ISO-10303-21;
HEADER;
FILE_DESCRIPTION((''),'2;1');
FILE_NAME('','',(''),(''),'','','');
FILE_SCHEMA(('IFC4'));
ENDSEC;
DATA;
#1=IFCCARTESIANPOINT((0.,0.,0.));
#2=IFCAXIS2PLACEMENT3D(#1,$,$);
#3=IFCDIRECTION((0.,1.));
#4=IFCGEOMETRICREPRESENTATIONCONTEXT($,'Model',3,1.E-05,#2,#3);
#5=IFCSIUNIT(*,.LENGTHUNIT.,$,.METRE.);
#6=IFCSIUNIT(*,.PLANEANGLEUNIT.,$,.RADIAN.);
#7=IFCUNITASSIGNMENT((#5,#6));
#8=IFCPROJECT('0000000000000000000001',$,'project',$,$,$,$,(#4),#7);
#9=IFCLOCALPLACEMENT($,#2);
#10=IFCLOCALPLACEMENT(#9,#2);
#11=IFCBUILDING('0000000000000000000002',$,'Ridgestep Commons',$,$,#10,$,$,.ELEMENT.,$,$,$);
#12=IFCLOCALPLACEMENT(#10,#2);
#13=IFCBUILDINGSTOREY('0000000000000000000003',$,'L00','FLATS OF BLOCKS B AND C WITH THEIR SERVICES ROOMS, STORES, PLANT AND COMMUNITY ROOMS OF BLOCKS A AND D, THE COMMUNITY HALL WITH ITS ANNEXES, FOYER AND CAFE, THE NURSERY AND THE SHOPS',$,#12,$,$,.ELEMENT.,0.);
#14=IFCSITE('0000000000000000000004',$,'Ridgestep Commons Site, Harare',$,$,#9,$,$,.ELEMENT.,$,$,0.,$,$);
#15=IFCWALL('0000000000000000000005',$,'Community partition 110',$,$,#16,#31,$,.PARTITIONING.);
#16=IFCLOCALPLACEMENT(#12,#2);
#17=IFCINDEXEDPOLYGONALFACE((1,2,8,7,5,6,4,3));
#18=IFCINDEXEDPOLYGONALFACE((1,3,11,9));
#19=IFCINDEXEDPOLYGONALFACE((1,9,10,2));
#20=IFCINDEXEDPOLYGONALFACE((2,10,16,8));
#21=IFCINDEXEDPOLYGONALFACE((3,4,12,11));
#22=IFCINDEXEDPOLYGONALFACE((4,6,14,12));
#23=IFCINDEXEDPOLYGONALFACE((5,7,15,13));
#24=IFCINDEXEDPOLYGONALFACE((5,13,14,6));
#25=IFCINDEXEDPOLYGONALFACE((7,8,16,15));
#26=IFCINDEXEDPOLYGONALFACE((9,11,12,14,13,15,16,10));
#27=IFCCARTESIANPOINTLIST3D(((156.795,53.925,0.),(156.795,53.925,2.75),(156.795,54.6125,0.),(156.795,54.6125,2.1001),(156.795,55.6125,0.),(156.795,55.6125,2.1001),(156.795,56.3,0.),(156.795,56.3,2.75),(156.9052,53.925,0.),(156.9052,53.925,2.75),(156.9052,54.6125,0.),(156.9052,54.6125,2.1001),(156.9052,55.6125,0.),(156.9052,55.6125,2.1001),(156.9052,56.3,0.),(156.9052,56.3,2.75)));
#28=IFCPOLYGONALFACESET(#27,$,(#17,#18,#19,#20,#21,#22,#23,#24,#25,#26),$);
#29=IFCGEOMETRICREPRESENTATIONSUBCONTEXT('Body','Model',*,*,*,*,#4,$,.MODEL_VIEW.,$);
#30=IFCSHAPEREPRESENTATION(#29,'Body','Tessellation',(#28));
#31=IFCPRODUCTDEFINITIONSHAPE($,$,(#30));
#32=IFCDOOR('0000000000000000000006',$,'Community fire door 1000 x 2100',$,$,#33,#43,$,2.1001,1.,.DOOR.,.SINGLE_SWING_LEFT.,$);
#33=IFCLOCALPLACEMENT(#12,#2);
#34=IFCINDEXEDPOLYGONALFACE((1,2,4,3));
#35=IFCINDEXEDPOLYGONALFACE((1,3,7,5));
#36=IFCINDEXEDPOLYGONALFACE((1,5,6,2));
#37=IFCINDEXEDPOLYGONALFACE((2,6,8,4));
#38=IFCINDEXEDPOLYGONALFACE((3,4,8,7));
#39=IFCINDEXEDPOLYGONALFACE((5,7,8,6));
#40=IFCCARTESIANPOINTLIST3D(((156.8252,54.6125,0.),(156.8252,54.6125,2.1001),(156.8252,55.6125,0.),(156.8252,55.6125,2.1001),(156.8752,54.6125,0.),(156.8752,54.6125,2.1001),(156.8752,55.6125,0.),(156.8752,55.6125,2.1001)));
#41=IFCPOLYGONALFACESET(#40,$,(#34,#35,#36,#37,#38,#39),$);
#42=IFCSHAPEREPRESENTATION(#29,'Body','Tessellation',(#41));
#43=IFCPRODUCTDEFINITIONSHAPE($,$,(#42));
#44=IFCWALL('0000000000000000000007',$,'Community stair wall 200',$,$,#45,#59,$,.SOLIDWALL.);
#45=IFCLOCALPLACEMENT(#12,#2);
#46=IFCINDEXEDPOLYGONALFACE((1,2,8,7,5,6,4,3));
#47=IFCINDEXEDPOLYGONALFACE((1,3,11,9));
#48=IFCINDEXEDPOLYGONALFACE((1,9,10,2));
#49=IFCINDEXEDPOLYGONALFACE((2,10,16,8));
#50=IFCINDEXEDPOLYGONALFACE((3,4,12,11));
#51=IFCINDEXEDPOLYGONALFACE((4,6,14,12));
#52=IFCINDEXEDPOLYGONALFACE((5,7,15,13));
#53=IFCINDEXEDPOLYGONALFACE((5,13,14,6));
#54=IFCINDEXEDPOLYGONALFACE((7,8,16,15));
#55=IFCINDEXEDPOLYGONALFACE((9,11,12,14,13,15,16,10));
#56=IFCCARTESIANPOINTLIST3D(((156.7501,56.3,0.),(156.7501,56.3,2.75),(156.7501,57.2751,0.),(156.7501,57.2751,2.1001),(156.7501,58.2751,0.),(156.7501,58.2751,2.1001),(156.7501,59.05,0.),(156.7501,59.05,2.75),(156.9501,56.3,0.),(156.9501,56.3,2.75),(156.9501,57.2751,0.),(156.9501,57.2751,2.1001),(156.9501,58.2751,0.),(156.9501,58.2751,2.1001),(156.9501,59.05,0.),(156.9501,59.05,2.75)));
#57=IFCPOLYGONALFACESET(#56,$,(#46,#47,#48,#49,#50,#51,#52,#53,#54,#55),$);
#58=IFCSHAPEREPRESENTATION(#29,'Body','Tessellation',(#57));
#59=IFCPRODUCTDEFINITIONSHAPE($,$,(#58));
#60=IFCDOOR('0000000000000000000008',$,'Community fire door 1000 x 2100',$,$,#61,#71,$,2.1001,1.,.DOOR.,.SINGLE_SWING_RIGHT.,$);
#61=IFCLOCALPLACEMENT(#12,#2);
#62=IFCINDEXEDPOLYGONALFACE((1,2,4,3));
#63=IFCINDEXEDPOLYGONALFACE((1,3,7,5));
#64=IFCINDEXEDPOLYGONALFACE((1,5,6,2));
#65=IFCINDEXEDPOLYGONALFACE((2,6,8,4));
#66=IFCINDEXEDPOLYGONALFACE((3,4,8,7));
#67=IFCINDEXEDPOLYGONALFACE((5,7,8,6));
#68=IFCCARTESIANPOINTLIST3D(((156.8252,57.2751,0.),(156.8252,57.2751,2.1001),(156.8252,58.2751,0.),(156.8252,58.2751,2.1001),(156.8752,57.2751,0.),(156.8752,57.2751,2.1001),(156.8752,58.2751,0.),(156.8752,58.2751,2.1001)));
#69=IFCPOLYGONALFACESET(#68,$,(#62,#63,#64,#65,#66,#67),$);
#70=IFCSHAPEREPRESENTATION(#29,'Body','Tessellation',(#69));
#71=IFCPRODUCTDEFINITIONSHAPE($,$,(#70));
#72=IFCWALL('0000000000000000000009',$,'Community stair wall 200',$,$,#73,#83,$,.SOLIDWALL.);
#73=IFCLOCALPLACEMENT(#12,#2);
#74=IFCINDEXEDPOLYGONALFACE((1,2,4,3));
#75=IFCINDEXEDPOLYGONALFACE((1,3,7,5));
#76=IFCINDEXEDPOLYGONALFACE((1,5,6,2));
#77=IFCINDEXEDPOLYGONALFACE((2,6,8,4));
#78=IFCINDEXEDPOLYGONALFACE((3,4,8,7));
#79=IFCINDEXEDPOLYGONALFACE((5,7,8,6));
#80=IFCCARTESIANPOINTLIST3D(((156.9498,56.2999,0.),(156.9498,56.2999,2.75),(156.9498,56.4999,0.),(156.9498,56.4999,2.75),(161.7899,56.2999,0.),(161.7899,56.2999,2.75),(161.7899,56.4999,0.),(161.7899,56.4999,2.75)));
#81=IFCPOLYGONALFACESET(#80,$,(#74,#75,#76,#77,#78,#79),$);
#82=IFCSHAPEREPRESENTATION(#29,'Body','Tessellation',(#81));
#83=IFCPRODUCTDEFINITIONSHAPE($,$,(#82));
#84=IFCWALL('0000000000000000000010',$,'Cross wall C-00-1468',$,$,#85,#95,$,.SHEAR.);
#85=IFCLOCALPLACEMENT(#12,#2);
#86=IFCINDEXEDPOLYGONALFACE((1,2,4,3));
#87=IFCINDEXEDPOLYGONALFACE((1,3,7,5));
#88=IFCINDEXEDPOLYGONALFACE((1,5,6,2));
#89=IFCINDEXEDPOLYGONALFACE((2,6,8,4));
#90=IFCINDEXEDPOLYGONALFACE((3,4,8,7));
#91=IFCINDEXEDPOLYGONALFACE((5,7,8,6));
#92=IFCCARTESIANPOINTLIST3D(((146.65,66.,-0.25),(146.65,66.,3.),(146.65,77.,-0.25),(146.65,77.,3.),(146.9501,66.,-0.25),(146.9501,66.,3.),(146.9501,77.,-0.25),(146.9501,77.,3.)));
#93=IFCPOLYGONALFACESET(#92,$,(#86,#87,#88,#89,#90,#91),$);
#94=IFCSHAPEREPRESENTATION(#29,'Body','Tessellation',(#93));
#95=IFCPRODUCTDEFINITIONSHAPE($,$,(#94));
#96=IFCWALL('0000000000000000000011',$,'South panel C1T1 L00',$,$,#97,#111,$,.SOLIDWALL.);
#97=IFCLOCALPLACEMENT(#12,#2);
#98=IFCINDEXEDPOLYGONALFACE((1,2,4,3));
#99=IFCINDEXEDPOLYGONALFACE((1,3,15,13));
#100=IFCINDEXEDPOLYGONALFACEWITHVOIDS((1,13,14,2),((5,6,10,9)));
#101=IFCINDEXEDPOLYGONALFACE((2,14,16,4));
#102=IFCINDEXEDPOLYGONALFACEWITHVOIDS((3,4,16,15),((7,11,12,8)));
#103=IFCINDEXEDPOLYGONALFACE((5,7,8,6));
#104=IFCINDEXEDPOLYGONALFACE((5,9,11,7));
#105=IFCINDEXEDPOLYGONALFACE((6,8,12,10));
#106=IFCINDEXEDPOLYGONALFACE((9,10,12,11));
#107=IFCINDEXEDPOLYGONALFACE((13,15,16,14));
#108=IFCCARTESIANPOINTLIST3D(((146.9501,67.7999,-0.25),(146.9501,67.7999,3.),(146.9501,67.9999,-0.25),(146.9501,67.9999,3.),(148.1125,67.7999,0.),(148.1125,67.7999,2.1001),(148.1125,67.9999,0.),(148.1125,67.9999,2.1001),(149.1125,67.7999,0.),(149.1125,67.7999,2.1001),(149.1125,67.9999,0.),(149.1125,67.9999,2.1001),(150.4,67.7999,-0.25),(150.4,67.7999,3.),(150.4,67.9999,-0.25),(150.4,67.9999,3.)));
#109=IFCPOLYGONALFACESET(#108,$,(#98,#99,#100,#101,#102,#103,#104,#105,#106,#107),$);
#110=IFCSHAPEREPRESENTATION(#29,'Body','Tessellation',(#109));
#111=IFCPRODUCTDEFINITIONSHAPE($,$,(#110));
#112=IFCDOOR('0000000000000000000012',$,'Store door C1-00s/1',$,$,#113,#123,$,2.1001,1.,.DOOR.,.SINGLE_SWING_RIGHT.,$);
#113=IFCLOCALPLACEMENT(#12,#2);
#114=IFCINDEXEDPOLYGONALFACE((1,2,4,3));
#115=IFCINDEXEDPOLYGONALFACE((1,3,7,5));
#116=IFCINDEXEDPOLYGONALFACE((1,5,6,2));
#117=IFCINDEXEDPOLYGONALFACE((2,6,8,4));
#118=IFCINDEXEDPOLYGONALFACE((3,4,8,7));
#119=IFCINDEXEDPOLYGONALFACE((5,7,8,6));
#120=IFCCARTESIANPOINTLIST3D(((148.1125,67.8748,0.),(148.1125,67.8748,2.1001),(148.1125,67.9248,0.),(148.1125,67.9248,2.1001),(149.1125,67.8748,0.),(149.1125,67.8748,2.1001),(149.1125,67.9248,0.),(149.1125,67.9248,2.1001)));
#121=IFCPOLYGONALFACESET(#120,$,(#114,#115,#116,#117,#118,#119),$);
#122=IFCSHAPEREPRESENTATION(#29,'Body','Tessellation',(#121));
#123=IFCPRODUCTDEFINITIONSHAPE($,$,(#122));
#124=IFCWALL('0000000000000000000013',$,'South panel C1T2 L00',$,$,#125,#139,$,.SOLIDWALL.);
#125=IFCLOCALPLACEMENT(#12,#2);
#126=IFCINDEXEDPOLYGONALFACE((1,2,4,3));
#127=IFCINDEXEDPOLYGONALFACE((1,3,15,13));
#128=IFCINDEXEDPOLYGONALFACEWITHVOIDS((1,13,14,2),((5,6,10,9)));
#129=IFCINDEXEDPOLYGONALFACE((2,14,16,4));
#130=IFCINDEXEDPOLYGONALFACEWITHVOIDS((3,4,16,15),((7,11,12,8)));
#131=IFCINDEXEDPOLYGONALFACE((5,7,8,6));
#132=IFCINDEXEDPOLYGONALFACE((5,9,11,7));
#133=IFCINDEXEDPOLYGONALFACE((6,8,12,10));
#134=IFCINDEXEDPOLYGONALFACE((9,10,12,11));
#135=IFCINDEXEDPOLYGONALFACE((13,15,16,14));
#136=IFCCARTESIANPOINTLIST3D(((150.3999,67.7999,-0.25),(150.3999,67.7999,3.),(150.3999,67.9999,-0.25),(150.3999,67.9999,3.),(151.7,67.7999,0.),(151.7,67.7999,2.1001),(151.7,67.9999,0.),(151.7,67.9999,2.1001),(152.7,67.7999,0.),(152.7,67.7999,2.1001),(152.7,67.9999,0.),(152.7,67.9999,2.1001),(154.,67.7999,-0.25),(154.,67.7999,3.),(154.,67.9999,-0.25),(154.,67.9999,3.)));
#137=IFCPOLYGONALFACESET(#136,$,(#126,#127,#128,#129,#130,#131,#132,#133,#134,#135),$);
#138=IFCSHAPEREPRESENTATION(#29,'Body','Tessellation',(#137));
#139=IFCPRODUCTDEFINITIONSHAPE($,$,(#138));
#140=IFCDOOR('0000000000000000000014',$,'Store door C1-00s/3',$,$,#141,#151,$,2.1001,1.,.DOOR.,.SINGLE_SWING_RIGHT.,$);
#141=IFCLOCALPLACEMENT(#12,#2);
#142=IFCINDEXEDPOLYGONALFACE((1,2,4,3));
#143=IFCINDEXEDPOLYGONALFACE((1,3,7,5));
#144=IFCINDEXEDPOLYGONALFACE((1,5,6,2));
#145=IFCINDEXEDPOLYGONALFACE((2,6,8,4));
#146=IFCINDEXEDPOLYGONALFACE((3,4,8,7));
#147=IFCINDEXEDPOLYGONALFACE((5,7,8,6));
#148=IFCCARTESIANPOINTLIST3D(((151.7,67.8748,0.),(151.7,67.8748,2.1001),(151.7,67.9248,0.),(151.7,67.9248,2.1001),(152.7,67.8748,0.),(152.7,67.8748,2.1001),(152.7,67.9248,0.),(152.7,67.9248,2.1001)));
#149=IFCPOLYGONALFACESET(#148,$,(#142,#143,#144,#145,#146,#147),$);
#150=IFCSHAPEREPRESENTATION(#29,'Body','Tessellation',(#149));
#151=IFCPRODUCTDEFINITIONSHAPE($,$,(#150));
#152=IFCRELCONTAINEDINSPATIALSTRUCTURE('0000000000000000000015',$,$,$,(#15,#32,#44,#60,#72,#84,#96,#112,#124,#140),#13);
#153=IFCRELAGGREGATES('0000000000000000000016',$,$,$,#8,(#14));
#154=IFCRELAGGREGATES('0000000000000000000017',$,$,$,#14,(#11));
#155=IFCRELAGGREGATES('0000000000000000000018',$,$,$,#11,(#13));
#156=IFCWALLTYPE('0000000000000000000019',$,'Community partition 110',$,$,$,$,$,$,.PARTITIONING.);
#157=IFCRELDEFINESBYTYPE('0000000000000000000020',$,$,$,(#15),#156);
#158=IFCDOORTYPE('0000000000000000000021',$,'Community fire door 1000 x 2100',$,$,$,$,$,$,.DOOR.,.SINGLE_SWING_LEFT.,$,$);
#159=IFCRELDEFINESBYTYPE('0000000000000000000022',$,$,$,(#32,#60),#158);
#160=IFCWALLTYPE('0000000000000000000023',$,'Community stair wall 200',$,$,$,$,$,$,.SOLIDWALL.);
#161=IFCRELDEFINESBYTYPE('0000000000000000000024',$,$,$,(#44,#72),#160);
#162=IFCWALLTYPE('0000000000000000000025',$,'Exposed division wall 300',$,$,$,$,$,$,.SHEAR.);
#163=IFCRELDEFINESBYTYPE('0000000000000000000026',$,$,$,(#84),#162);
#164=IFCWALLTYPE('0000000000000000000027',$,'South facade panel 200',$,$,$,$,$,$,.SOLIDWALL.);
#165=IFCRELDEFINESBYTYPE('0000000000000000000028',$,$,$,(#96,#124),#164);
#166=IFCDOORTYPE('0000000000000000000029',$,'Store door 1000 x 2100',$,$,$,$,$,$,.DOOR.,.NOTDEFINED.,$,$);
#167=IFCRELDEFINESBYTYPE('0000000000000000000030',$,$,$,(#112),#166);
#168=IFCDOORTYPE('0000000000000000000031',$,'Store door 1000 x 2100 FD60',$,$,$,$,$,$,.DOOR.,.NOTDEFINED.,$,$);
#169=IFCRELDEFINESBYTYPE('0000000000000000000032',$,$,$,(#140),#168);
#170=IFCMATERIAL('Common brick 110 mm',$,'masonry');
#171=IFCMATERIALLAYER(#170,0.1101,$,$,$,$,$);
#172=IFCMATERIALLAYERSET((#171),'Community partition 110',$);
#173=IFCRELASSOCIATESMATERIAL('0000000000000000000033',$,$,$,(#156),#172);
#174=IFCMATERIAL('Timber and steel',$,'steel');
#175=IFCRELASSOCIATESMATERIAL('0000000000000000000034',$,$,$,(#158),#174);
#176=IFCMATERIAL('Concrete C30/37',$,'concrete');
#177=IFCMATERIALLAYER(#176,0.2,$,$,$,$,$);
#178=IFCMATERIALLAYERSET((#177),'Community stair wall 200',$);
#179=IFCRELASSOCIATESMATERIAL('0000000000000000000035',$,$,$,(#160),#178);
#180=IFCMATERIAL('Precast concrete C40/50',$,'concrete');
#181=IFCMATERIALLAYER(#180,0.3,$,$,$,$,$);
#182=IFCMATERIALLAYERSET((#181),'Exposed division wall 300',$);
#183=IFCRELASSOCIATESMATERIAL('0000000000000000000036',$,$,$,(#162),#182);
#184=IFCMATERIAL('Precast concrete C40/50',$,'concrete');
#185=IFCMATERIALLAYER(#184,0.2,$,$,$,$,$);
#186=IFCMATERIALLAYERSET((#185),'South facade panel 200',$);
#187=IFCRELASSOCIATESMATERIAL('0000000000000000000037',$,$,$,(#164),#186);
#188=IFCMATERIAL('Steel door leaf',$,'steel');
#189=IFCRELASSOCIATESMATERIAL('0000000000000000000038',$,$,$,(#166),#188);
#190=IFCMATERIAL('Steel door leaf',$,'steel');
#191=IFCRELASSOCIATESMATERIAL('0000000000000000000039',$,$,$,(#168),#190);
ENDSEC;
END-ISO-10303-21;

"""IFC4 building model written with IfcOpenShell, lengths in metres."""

from ifc_helpers import new_model, si_unit, direction, frame, frame_2d, origin, place, context, subcontext, project, spatial, rectangle, extrude, material, layer, layer_set, type_object, element, fill, save


model = new_model("IFC4")

# Units and contexts
model_context = context("Model", 3, precision=1e-05, world=origin(), true_north=direction((0.0, 1.0)))
body_context = subcontext(model_context, "Body", "Model", "MODEL_VIEW")
ifc_project = project(units=[si_unit("LENGTHUNIT", "METRE"), si_unit("PLANEANGLEUNIT", "RADIAN")], contexts=[model_context])

# Site, building, storey
site_placement = place(None, origin())
site = spatial("IfcSite", under=ifc_project, at=site_placement, Name="Ridgestep Commons Site, Harare", CompositionType="ELEMENT", RefElevation=0.0)
building_placement = place(site_placement, origin())
building = spatial("IfcBuilding", under=site, at=building_placement, Name="Ridgestep Commons", CompositionType="ELEMENT")
storey_placement = place(building_placement, origin())
storey = spatial("IfcBuildingStorey", under=building, at=storey_placement, Name="L00", Description="FLATS OF BLOCKS B AND C WITH THEIR SERVICES ROOMS, STORES, PLANT AND COMMUNITY ROOMS OF BLOCKS A AND D, THE COMMUNITY HALL WITH ITS ANNEXES, FOYER AND CAFE, THE NURSERY AND THE SHOPS", CompositionType="ELEMENT", Elevation=0.0)

# Walls, openings, doors
ifc_material_1 = material(Name="Common brick 110 mm", Category="masonry")
ifc_layer_1 = layer(ifc_material_1, 0.1101)
ifc_layer_set_1 = layer_set([ifc_layer_1], Name="Community partition 110")
wall_type_1 = type_object("IfcWallType", Name="Community partition 110", PredefinedType="PARTITIONING", material=ifc_layer_set_1)
ifc_material_2 = material(Name="Timber and steel", Category="steel")
door_type_1 = type_object("IfcDoorType", Name="Community fire door 1000 x 2100", OperationType="SINGLE_SWING_LEFT", PredefinedType="DOOR", material=ifc_material_2)
wall_1_placement = place(storey_placement, frame((156.8501, 53.925, 0.0), z_axis=(0.0, 0.0, 1.0), x_axis=(0.0, 1.0, 0.0)))
wall_1 = element("IfcWall", 1, at=wall_1_placement, inside=storey, type_object=wall_type_1, Name="Community partition 110", PredefinedType="PARTITIONING", context=body_context, shape_type="SweptSolid", body=[
    extrude(rectangle(XDim=2.375, YDim=0.1101, at=frame_2d((1.1875, 0.0))), origin(), (0.0, 0.0, 1.0), 2.75),
])
opening_1_placement = place(wall_1_placement, frame((0.6875, 0.0, 0.0)))
opening_1 = element("IfcOpeningElement", 2, at=opening_1_placement, cuts=wall_1, PredefinedType="OPENING", context=body_context, shape_type="SweptSolid", body=[
    extrude(rectangle(XDim=1.0, YDim=2.1001, at=frame_2d((0.5, 1.05))), frame((0.0, 0.0649, 0.0), z_axis=(0.0, -1.0, 0.0), x_axis=(1.0, 0.0, 0.0)), (0.0, 0.0, 1.0), 0.1301),
])
door_1_placement = place(opening_1_placement, origin())
door_1 = element("IfcDoor", 3, at=door_1_placement, inside=storey, type_object=door_type_1, Name="Community fire door 1000 x 2100", OperationType="SINGLE_SWING_LEFT", OverallHeight=2.1001, OverallWidth=1.0, PredefinedType="DOOR", context=body_context, shape_type="SweptSolid", body=[
    extrude(rectangle(XDim=1.0, YDim=2.1001, at=frame_2d((0.5, 1.05))), frame((0.0, 0.0249, 0.0), z_axis=(0.0, -1.0, 0.0), x_axis=(1.0, 0.0, 0.0)), (0.0, 0.0, 1.0), 0.05),
])
fill(opening_1, door_1)
ifc_material_3 = material(Name="Concrete C30/37", Category="concrete")
ifc_layer_2 = layer(ifc_material_3, 0.2)
ifc_layer_set_2 = layer_set([ifc_layer_2], Name="Community stair wall 200")
wall_type_2 = type_object("IfcWallType", Name="Community stair wall 200", PredefinedType="SOLIDWALL", material=ifc_layer_set_2)
wall_2_placement = place(storey_placement, frame((156.8501, 56.3, 0.0), z_axis=(0.0, 0.0, 1.0), x_axis=(0.0, 1.0, 0.0)))
wall_2 = element("IfcWall", 4, at=wall_2_placement, inside=storey, type_object=wall_type_2, Name="Community stair wall 200", PredefinedType="SOLIDWALL", context=body_context, shape_type="SweptSolid", body=[
    extrude(rectangle(XDim=2.75, YDim=0.2, at=frame_2d((1.375, 0.0))), origin(), (0.0, 0.0, 1.0), 2.75),
])
opening_2_placement = place(wall_2_placement, frame((0.9751, 0.0, 0.0)))
opening_2 = element("IfcOpeningElement", 5, at=opening_2_placement, cuts=wall_2, PredefinedType="OPENING", context=body_context, shape_type="SweptSolid", body=[
    extrude(rectangle(XDim=1.0, YDim=2.1001, at=frame_2d((0.5, 1.05))), frame((0.0, 0.1099, 0.0), z_axis=(0.0, -1.0, 0.0), x_axis=(1.0, 0.0, 0.0)), (0.0, 0.0, 1.0), 0.22),
])
door_2_placement = place(opening_2_placement, origin())
door_2 = element("IfcDoor", 6, at=door_2_placement, inside=storey, type_object=door_type_1, Name="Community fire door 1000 x 2100", OperationType="SINGLE_SWING_RIGHT", OverallHeight=2.1001, OverallWidth=1.0, PredefinedType="DOOR", context=body_context, shape_type="SweptSolid", body=[
    extrude(rectangle(XDim=1.0, YDim=2.1001, at=frame_2d((0.5, 1.05))), frame((0.0, 0.0249, 0.0), z_axis=(0.0, -1.0, 0.0), x_axis=(1.0, 0.0, 0.0)), (0.0, 0.0, 1.0), 0.05),
])
fill(opening_2, door_2)

# Walls
wall_3_placement = place(storey_placement, frame((156.95, 56.3999, 0.0), z_axis=(0.0, 0.0, 1.0), x_axis=(1.0, 0.0, 0.0)))
element("IfcWall", 7, at=wall_3_placement, inside=storey, type_object=wall_type_2, Name="Community stair wall 200", PredefinedType="SOLIDWALL", context=body_context, shape_type="SweptSolid", body=[
    extrude(rectangle(XDim=4.8401, YDim=0.2, at=frame_2d((2.4199, 0.0))), origin(), (0.0, 0.0, 1.0), 2.75),
])
ifc_material_4 = material(Name="Precast concrete C40/50", Category="concrete")
ifc_layer_3 = layer(ifc_material_4, 0.3)
ifc_layer_set_3 = layer_set([ifc_layer_3], Name="Exposed division wall 300")
wall_type_3 = type_object("IfcWallType", Name="Exposed division wall 300", PredefinedType="SHEAR", material=ifc_layer_set_3)
wall_4_placement = place(storey_placement, frame((146.8, 66.0, -0.25), z_axis=(0.0, 0.0, 1.0), x_axis=(0.0, 1.0, 0.0)))
element("IfcWall", 8, at=wall_4_placement, inside=storey, type_object=wall_type_3, Name="Cross wall C-00-1468", PredefinedType="SHEAR", context=body_context, shape_type="SweptSolid", body=[
    extrude(rectangle(XDim=11.0, YDim=0.3, at=frame_2d((5.5, 0.0))), origin(), (0.0, 0.0, 1.0), 3.25),
])

# Walls, openings, doors
ifc_material_5 = material(Name="Precast concrete C40/50", Category="concrete")
ifc_layer_4 = layer(ifc_material_5, 0.2)
ifc_layer_set_4 = layer_set([ifc_layer_4], Name="South facade panel 200")
wall_type_4 = type_object("IfcWallType", Name="South facade panel 200", PredefinedType="SOLIDWALL", material=ifc_layer_set_4)
wall_5_placement = place(storey_placement, frame((146.95, 67.8999, -0.25), z_axis=(0.0, 0.0, 1.0), x_axis=(1.0, 0.0, 0.0)))
wall_5 = element("IfcWall", 9, at=wall_5_placement, inside=storey, type_object=wall_type_4, Name="South panel C1T1 L00", PredefinedType="SOLIDWALL", context=body_context, shape_type="SweptSolid", body=[
    extrude(rectangle(XDim=3.45, YDim=0.2, at=frame_2d((1.7251, 0.0))), origin(), (0.0, 0.0, 1.0), 3.25),
])
opening_3_placement = place(wall_5_placement, frame((1.1626, 0.0, 0.25)))
opening_3 = element("IfcOpeningElement", 10, at=opening_3_placement, cuts=wall_5, PredefinedType="OPENING", context=body_context, shape_type="SweptSolid", body=[
    extrude(rectangle(XDim=1.0, YDim=2.1001, at=frame_2d((0.5, 1.05))), frame((0.0, 0.1099, 0.0), z_axis=(0.0, -1.0, 0.0), x_axis=(1.0, 0.0, 0.0)), (0.0, 0.0, 1.0), 0.22),
])
ifc_material_6 = material(Name="Steel door leaf", Category="steel")
door_type_2 = type_object("IfcDoorType", Name="Store door 1000 x 2100", OperationType="NOTDEFINED", PredefinedType="DOOR", material=ifc_material_6)
door_3_placement = place(opening_3_placement, origin())
door_3 = element("IfcDoor", 11, at=door_3_placement, inside=storey, type_object=door_type_2, Name="Store door C1-00s/1", OperationType="SINGLE_SWING_RIGHT", OverallHeight=2.1001, OverallWidth=1.0, PredefinedType="DOOR", context=body_context, shape_type="SweptSolid", body=[
    extrude(rectangle(XDim=1.0, YDim=2.1001, at=frame_2d((0.5, 1.05))), frame((0.0, 0.0249, 0.0), z_axis=(0.0, -1.0, 0.0), x_axis=(1.0, 0.0, 0.0)), (0.0, 0.0, 1.0), 0.05),
])
fill(opening_3, door_3)
wall_6_placement = place(storey_placement, frame((150.3999, 67.8999, -0.25), z_axis=(0.0, 0.0, 1.0), x_axis=(1.0, 0.0, 0.0)))
wall_6 = element("IfcWall", 12, at=wall_6_placement, inside=storey, type_object=wall_type_4, Name="South panel C1T2 L00", PredefinedType="SOLIDWALL", context=body_context, shape_type="SweptSolid", body=[
    extrude(rectangle(XDim=3.6001, YDim=0.2, at=frame_2d((1.8, 0.0))), origin(), (0.0, 0.0, 1.0), 3.25),
])
opening_4_placement = place(wall_6_placement, frame((1.3, 0.0, 0.25)))
opening_4 = element("IfcOpeningElement", 13, at=opening_4_placement, cuts=wall_6, PredefinedType="OPENING", context=body_context, shape_type="SweptSolid", body=[
    extrude(rectangle(XDim=1.0, YDim=2.1001, at=frame_2d((0.5, 1.05))), frame((0.0, 0.1099, 0.0), z_axis=(0.0, -1.0, 0.0), x_axis=(1.0, 0.0, 0.0)), (0.0, 0.0, 1.0), 0.22),
])
ifc_material_7 = material(Name="Steel door leaf", Category="steel")
door_type_3 = type_object("IfcDoorType", Name="Store door 1000 x 2100 FD60", OperationType="NOTDEFINED", PredefinedType="DOOR", material=ifc_material_7)
door_4_placement = place(opening_4_placement, origin())
door_4 = element("IfcDoor", 14, at=door_4_placement, inside=storey, type_object=door_type_3, Name="Store door C1-00s/3", OperationType="SINGLE_SWING_RIGHT", OverallHeight=2.1001, OverallWidth=1.0, PredefinedType="DOOR", context=body_context, shape_type="SweptSolid", body=[
    extrude(rectangle(XDim=1.0, YDim=2.1001, at=frame_2d((0.5, 1.05))), frame((0.0, 0.0249, 0.0), z_axis=(0.0, -1.0, 0.0), x_axis=(1.0, 0.0, 0.0)), (0.0, 0.0, 1.0), 0.05),
])
fill(opening_4, door_4)

save(model, "model.ifc")
